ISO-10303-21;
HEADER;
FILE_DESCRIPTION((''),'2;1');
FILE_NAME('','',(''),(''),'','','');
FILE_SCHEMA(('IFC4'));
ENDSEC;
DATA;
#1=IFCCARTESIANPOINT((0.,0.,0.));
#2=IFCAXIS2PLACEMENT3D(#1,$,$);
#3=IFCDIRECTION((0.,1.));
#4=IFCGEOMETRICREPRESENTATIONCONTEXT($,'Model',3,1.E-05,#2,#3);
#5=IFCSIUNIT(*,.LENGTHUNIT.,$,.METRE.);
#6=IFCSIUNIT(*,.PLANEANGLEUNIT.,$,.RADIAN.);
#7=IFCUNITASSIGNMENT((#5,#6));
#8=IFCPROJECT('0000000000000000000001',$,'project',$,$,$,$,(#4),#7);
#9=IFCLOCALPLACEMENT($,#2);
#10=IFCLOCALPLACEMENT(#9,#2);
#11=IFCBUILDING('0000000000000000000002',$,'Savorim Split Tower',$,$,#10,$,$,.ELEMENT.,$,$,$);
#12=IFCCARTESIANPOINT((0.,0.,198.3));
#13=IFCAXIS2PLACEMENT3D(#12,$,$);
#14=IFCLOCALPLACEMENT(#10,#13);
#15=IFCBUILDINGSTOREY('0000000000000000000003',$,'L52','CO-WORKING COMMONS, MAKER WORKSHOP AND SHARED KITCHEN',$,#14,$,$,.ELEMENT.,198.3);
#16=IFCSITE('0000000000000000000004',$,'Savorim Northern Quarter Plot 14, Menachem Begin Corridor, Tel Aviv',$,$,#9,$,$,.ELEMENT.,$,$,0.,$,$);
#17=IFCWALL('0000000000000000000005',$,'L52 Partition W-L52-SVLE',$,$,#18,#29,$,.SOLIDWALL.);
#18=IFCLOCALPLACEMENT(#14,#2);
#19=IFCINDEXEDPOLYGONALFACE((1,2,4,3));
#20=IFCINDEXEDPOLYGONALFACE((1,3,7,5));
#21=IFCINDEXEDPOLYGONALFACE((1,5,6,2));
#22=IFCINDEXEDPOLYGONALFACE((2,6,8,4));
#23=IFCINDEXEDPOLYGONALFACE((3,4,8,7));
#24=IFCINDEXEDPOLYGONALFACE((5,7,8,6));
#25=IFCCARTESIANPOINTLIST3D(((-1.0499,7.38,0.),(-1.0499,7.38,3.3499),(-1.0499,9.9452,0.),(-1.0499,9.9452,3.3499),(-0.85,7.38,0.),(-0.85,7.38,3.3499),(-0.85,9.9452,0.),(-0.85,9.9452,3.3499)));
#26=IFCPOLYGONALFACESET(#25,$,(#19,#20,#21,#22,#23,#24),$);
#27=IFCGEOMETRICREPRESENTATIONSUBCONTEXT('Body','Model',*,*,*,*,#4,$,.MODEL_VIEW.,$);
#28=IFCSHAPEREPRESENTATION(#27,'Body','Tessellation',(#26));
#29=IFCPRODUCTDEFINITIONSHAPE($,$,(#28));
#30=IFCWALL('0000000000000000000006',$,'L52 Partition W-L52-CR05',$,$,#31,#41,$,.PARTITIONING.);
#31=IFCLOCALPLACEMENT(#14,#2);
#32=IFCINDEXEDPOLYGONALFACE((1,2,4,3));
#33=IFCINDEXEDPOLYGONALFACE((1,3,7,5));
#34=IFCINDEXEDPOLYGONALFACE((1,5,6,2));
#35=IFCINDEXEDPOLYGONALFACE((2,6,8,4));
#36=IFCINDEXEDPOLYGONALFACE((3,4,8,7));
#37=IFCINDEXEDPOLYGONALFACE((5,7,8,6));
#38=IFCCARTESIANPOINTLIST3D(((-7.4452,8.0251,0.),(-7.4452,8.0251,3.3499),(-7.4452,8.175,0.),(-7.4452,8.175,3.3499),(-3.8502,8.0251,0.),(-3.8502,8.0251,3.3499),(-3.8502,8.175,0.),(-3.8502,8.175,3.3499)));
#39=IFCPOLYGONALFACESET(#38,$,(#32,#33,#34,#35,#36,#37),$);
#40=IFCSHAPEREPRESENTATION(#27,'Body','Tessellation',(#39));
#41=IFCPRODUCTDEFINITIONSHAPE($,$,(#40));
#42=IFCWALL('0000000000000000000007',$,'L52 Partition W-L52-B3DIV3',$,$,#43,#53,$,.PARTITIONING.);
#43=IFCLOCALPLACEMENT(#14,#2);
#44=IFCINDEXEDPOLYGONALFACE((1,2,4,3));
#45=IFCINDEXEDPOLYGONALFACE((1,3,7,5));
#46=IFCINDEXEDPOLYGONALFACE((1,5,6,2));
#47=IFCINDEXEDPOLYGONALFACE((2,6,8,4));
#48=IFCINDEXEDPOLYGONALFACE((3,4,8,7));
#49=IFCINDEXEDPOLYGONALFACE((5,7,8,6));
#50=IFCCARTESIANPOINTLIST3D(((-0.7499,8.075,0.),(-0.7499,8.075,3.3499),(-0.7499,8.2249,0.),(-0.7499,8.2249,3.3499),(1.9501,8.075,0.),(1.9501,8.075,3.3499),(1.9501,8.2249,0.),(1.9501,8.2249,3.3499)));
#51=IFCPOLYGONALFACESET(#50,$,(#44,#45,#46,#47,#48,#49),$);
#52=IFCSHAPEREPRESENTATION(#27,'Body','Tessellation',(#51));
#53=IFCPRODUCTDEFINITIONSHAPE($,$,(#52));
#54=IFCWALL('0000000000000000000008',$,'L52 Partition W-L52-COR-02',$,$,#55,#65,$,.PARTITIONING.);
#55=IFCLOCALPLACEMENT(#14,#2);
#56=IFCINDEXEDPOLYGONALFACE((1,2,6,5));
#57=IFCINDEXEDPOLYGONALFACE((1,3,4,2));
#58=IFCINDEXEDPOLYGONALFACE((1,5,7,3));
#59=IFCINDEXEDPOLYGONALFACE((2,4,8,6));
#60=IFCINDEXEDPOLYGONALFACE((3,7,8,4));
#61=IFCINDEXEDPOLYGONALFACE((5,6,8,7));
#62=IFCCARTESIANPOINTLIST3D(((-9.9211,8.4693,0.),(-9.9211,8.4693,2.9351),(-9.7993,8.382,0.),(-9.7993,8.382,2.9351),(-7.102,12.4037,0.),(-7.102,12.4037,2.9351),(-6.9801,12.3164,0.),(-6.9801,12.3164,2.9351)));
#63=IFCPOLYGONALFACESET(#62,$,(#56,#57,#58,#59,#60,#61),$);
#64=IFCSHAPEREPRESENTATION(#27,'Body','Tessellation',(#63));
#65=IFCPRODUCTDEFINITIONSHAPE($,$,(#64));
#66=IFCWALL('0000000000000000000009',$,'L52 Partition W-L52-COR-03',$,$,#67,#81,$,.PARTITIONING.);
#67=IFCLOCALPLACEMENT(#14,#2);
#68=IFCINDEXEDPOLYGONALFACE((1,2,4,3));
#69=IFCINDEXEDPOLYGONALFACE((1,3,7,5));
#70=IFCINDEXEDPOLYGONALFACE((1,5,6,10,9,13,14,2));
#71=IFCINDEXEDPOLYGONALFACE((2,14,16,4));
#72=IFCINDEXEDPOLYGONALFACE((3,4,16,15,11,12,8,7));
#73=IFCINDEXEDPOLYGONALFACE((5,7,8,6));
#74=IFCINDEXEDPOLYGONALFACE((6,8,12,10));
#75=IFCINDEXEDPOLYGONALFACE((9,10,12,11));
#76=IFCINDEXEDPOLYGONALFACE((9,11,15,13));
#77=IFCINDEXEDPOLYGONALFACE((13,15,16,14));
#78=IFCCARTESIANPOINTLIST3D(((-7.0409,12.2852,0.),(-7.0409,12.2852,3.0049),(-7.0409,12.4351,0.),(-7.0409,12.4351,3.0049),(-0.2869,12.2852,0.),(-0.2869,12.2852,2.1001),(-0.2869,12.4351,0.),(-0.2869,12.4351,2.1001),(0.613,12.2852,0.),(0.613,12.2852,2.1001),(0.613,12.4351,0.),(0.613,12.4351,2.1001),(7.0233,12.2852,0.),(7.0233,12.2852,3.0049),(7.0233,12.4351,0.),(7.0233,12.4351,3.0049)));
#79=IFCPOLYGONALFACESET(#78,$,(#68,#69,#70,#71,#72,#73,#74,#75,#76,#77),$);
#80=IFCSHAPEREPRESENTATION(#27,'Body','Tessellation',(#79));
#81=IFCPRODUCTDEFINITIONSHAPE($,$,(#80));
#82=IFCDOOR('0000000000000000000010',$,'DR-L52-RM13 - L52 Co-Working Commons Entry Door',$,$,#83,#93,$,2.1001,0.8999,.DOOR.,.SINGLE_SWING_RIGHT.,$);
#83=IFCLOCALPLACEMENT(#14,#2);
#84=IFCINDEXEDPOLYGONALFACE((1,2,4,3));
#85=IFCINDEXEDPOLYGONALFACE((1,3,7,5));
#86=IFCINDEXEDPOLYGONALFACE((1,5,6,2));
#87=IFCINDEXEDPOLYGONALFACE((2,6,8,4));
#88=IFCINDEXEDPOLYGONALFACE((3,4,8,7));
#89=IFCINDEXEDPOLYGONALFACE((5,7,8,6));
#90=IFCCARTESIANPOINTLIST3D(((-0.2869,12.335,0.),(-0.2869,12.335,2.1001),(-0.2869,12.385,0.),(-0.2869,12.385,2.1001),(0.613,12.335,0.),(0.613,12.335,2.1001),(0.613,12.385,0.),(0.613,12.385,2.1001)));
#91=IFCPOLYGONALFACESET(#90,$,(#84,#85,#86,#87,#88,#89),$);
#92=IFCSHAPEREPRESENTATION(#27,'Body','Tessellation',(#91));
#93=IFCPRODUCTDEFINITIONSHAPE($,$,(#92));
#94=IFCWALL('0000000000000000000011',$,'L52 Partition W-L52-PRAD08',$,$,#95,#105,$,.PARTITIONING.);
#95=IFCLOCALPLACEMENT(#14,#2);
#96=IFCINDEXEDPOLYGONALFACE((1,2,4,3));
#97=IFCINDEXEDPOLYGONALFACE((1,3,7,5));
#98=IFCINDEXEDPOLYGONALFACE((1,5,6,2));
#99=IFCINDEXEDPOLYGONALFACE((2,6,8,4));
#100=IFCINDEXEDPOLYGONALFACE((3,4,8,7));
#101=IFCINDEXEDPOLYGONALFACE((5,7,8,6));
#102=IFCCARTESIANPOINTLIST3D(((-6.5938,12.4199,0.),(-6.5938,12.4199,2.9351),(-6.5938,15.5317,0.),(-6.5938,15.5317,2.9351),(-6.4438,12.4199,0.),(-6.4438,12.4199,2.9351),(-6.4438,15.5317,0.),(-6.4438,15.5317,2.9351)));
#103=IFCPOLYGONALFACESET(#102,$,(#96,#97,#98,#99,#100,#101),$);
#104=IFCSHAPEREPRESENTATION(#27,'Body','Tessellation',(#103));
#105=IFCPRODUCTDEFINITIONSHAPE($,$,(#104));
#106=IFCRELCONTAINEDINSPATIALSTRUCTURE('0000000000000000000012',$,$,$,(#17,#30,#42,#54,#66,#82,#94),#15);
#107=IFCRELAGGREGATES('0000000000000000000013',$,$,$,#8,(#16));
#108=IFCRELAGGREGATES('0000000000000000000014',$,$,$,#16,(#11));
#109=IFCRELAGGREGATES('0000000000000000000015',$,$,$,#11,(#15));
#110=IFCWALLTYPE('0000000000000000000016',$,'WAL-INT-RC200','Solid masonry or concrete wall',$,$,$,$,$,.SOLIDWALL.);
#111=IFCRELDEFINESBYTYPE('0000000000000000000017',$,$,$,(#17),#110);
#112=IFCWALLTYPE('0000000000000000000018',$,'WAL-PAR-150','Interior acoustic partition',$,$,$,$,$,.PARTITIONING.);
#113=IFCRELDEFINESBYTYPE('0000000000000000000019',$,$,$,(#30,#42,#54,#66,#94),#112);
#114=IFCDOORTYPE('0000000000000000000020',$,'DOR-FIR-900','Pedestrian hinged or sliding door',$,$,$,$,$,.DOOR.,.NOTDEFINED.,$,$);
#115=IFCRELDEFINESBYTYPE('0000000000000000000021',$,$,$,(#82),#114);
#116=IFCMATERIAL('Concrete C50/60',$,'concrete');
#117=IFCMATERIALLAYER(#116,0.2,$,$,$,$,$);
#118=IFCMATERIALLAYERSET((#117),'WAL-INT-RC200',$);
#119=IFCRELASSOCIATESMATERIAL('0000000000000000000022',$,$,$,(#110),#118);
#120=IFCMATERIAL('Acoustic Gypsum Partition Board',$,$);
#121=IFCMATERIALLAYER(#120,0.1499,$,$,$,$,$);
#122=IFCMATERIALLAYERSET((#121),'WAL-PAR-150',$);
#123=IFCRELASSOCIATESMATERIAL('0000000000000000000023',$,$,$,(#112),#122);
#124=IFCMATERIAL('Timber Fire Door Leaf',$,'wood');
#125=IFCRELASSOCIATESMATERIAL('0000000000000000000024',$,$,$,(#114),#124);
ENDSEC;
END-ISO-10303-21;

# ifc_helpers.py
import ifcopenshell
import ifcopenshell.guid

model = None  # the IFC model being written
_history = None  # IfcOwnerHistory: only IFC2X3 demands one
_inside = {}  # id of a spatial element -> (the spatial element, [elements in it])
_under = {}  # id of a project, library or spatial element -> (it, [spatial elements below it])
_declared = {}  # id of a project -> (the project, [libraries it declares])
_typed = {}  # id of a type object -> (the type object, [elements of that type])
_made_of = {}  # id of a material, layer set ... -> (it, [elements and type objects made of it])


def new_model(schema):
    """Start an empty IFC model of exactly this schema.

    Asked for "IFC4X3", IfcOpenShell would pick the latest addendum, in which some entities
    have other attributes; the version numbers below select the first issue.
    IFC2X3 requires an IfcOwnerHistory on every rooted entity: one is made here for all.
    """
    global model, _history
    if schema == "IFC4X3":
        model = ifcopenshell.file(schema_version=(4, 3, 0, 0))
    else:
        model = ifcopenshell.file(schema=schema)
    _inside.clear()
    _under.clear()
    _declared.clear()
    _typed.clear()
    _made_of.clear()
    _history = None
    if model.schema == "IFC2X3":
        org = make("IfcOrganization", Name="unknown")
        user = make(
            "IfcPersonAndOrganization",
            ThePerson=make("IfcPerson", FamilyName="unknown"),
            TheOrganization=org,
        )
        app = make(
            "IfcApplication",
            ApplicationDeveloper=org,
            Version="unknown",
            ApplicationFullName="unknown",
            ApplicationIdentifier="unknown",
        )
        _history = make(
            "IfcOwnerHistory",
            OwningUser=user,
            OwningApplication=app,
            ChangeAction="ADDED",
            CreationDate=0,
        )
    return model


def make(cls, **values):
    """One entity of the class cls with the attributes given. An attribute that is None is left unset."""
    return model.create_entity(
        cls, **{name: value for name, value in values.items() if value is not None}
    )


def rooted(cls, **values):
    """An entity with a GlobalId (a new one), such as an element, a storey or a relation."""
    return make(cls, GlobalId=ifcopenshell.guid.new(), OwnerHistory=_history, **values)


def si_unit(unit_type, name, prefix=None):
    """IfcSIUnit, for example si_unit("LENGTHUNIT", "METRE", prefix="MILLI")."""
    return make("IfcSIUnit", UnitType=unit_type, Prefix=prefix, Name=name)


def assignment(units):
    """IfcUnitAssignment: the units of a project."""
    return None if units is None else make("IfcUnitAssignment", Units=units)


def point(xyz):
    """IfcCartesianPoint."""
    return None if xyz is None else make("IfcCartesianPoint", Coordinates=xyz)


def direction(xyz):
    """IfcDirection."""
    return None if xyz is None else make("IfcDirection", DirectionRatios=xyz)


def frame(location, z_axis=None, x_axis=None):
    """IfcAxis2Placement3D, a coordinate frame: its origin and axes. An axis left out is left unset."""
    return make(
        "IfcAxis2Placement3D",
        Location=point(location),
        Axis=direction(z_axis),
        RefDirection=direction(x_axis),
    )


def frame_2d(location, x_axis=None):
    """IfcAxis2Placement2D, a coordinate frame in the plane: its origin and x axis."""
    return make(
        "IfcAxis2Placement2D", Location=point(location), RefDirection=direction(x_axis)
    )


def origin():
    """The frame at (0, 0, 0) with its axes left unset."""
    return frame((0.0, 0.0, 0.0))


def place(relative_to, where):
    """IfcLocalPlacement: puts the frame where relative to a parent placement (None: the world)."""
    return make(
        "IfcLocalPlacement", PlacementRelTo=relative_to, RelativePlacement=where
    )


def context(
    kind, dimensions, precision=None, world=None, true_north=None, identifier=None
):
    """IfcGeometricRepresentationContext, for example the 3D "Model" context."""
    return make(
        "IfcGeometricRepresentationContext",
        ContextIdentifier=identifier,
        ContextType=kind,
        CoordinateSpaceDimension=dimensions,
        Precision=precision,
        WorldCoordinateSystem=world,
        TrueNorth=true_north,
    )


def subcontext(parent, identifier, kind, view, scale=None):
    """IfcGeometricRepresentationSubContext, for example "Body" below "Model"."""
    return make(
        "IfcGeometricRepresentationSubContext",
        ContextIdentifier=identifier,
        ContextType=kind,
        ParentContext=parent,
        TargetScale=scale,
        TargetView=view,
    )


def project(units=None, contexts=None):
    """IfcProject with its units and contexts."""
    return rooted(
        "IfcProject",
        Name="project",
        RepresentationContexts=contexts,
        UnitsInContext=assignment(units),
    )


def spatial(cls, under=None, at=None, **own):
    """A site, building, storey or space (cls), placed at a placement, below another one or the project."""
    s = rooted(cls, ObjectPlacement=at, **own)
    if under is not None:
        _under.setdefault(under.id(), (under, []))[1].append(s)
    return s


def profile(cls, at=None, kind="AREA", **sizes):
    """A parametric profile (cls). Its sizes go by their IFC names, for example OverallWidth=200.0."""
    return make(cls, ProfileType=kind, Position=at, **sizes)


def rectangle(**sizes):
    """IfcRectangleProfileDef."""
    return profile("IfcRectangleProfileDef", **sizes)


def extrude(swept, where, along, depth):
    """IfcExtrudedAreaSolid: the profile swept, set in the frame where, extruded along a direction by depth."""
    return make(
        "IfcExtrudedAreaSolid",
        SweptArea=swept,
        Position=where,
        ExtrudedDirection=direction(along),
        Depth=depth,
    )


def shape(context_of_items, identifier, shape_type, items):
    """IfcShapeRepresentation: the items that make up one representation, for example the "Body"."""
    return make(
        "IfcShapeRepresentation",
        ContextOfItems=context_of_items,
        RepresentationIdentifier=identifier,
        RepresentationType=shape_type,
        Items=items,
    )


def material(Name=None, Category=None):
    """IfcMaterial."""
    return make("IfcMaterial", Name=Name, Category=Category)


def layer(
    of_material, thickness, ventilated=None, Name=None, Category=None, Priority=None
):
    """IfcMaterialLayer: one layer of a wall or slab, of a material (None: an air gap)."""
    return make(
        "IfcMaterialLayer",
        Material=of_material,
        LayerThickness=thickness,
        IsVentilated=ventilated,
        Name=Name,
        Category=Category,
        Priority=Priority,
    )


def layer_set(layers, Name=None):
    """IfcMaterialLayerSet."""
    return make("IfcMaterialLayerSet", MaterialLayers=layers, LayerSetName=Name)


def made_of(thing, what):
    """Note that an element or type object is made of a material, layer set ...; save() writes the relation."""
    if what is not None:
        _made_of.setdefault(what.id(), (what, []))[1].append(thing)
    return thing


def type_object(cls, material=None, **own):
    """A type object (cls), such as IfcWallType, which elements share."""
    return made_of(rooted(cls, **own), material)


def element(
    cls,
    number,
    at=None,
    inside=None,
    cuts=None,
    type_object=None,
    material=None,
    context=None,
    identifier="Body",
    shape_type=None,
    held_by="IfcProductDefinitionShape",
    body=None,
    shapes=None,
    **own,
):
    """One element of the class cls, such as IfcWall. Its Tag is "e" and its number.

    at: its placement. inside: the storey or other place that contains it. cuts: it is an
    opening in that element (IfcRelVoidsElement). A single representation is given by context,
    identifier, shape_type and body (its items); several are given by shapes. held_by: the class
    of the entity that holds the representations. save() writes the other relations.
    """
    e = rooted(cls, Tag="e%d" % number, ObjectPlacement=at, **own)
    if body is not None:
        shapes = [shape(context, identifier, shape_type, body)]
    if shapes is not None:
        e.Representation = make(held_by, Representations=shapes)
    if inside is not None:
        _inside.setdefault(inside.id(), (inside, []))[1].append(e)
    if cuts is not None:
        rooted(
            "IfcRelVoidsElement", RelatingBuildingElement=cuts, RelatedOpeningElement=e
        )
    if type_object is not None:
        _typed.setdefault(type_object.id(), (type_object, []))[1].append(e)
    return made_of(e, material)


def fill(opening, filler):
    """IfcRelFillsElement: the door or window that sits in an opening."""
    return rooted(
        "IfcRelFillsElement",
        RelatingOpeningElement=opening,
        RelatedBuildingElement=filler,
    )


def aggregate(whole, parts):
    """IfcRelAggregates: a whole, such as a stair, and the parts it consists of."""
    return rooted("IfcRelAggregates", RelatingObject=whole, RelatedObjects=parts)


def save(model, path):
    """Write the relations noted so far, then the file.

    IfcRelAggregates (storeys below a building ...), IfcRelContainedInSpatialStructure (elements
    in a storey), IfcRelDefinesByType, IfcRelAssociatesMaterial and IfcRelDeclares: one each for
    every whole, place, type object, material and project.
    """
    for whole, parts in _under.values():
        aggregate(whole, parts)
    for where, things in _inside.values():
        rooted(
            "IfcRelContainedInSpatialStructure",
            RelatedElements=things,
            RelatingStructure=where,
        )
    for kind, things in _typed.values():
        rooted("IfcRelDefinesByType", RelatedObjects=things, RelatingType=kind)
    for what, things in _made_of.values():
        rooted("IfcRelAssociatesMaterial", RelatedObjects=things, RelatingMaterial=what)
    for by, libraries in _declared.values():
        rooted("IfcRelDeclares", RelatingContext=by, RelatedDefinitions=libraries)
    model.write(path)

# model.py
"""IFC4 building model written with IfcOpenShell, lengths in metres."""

from ifc_helpers import new_model, si_unit, direction, frame, frame_2d, origin, place, context, subcontext, project, spatial, rectangle, extrude, material, layer, layer_set, type_object, element, fill, save


model = new_model("IFC4")

# Units and contexts
model_context = context("Model", 3, precision=1e-05, world=origin(), true_north=direction((0.0, 1.0)))
body_context = subcontext(model_context, "Body", "Model", "MODEL_VIEW")
ifc_project = project(units=[si_unit("LENGTHUNIT", "METRE"), si_unit("PLANEANGLEUNIT", "RADIAN")], contexts=[model_context])

# Site, building, storey
site_placement = place(None, origin())
site = spatial("IfcSite", under=ifc_project, at=site_placement, Name="Savorim Northern Quarter Plot 14, Menachem Begin Corridor, Tel Aviv", CompositionType="ELEMENT", RefElevation=0.0)
building_placement = place(site_placement, origin())
building = spatial("IfcBuilding", under=site, at=building_placement, Name="Savorim Split Tower", CompositionType="ELEMENT")
storey_placement = place(building_placement, frame((0.0, 0.0, 198.3)))
storey = spatial("IfcBuildingStorey", under=building, at=storey_placement, Name="L52", Description="CO-WORKING COMMONS, MAKER WORKSHOP AND SHARED KITCHEN", CompositionType="ELEMENT", Elevation=198.3)

# Shared definitions
ifc_material_1 = material(Name="Concrete C50/60", Category="concrete")
ifc_layer_1 = layer(ifc_material_1, 0.2)
ifc_layer_set_1 = layer_set([ifc_layer_1], Name="WAL-INT-RC200")
wall_type_1 = type_object("IfcWallType", Name="WAL-INT-RC200", Description="Solid masonry or concrete wall", PredefinedType="SOLIDWALL", material=ifc_layer_set_1)

# Walls
wall_1_placement = place(storey_placement, frame((-0.95, 7.3799, 0.0), z_axis=(0.0, 0.0, 1.0), x_axis=(0.0, 1.0, 0.0)))
element("IfcWall", 1, at=wall_1_placement, inside=storey, type_object=wall_type_1, Name="L52 Partition W-L52-SVLE", PredefinedType="SOLIDWALL", context=body_context, shape_type="SweptSolid", body=[
    extrude(rectangle(XDim=2.5652, YDim=0.2, at=frame_2d((1.2827, 0.0))), origin(), (0.0, 0.0, 1.0), 3.3499),
])
ifc_material_2 = material(Name="Acoustic Gypsum Partition Board")
ifc_layer_2 = layer(ifc_material_2, 0.1499)
ifc_layer_set_2 = layer_set([ifc_layer_2], Name="WAL-PAR-150")
wall_type_2 = type_object("IfcWallType", Name="WAL-PAR-150", Description="Interior acoustic partition", PredefinedType="PARTITIONING", material=ifc_layer_set_2)
wall_2_placement = place(storey_placement, frame((-7.4451, 8.1001, 0.0), z_axis=(0.0, 0.0, 1.0), x_axis=(1.0, 0.0, 0.0)))
element("IfcWall", 2, at=wall_2_placement, inside=storey, type_object=wall_type_2, Name="L52 Partition W-L52-CR05", PredefinedType="PARTITIONING", context=body_context, shape_type="SweptSolid", body=[
    extrude(rectangle(XDim=3.595, YDim=0.1499, at=frame_2d((1.7974, 0.0))), origin(), (0.0, 0.0, 1.0), 3.3499),
])
wall_3_placement = place(storey_placement, frame((-0.75, 8.1499, 0.0), z_axis=(0.0, 0.0, 1.0), x_axis=(1.0, 0.0, 0.0)))
element("IfcWall", 3, at=wall_3_placement, inside=storey, type_object=wall_type_2, Name="L52 Partition W-L52-B3DIV3", PredefinedType="PARTITIONING", context=body_context, shape_type="SweptSolid", body=[
    extrude(rectangle(XDim=2.7, YDim=0.1499, at=frame_2d((1.3501, 0.0))), origin(), (0.0, 0.0, 1.0), 3.3499),
])
wall_4_placement = place(storey_placement, frame((-9.8601, 8.4258, 0.0), z_axis=(0.0, 0.0, 1.0), x_axis=(0.58245, 0.812867, 0.0)))
element("IfcWall", 4, at=wall_4_placement, inside=storey, type_object=wall_type_2, Name="L52 Partition W-L52-COR-02", PredefinedType="PARTITIONING", context=body_context, shape_type="SweptSolid", body=[
    extrude(rectangle(XDim=4.8401, YDim=0.1499, at=frame_2d((2.4199, 0.0))), origin(), (0.0, 0.0, 1.0), 2.9351),
])

# Wall, opening, door
wall_5_placement = place(storey_placement, frame((-7.041, 12.3601, 0.0), z_axis=(0.0, 0.0, 1.0), x_axis=(1.0, 0.0, 0.0)))
wall_5 = element("IfcWall", 5, at=wall_5_placement, inside=storey, type_object=wall_type_2, Name="L52 Partition W-L52-COR-03", PredefinedType="PARTITIONING", context=body_context, shape_type="SweptSolid", body=[
    extrude(rectangle(XDim=14.0642, YDim=0.1499, at=frame_2d((7.0322, 0.0))), origin(), (0.0, 0.0, 1.0), 3.0049),
])
opening_1_placement = place(wall_5_placement, frame((6.7542, 0.0, 0.0)))
opening_1 = element("IfcOpeningElement", 6, at=opening_1_placement, cuts=wall_5, PredefinedType="OPENING", context=body_context, shape_type="SweptSolid", body=[
    extrude(rectangle(XDim=0.8999, YDim=2.1001, at=frame_2d((0.45, 1.05))), frame((0.0, 0.085, 0.0), z_axis=(0.0, -1.0, 0.0), x_axis=(1.0, 0.0, 0.0)), (0.0, 0.0, 1.0), 0.1699),
])
ifc_material_3 = material(Name="Timber Fire Door Leaf", Category="wood")
door_type_1 = type_object("IfcDoorType", Name="DOR-FIR-900", Description="Pedestrian hinged or sliding door", OperationType="NOTDEFINED", PredefinedType="DOOR", material=ifc_material_3)
door_1_placement = place(opening_1_placement, origin())
door_1 = element("IfcDoor", 7, at=door_1_placement, inside=storey, type_object=door_type_1, Name="DR-L52-RM13 - L52 Co-Working Commons Entry Door", OperationType="SINGLE_SWING_RIGHT", OverallHeight=2.1001, OverallWidth=0.8999, PredefinedType="DOOR", context=body_context, shape_type="SweptSolid", body=[
    extrude(rectangle(XDim=0.8999, YDim=2.1001, at=frame_2d((0.45, 1.05))), frame((0.0, 0.0249, 0.0), z_axis=(0.0, -1.0, 0.0), x_axis=(1.0, 0.0, 0.0)), (0.0, 0.0, 1.0), 0.05),
])
fill(opening_1, door_1)

# Wall
wall_6_placement = place(storey_placement, frame((-6.5188, 12.4199, 0.0), z_axis=(0.0, 0.0, 1.0), x_axis=(0.0, 1.0, 0.0)))
element("IfcWall", 8, at=wall_6_placement, inside=storey, type_object=wall_type_2, Name="L52 Partition W-L52-PRAD08", PredefinedType="PARTITIONING", context=body_context, shape_type="SweptSolid", body=[
    extrude(rectangle(XDim=3.1118, YDim=0.1499, at=frame_2d((1.5559, 0.0))), origin(), (0.0, 0.0, 1.0), 2.9351),
])

save(model, "model.ifc")
